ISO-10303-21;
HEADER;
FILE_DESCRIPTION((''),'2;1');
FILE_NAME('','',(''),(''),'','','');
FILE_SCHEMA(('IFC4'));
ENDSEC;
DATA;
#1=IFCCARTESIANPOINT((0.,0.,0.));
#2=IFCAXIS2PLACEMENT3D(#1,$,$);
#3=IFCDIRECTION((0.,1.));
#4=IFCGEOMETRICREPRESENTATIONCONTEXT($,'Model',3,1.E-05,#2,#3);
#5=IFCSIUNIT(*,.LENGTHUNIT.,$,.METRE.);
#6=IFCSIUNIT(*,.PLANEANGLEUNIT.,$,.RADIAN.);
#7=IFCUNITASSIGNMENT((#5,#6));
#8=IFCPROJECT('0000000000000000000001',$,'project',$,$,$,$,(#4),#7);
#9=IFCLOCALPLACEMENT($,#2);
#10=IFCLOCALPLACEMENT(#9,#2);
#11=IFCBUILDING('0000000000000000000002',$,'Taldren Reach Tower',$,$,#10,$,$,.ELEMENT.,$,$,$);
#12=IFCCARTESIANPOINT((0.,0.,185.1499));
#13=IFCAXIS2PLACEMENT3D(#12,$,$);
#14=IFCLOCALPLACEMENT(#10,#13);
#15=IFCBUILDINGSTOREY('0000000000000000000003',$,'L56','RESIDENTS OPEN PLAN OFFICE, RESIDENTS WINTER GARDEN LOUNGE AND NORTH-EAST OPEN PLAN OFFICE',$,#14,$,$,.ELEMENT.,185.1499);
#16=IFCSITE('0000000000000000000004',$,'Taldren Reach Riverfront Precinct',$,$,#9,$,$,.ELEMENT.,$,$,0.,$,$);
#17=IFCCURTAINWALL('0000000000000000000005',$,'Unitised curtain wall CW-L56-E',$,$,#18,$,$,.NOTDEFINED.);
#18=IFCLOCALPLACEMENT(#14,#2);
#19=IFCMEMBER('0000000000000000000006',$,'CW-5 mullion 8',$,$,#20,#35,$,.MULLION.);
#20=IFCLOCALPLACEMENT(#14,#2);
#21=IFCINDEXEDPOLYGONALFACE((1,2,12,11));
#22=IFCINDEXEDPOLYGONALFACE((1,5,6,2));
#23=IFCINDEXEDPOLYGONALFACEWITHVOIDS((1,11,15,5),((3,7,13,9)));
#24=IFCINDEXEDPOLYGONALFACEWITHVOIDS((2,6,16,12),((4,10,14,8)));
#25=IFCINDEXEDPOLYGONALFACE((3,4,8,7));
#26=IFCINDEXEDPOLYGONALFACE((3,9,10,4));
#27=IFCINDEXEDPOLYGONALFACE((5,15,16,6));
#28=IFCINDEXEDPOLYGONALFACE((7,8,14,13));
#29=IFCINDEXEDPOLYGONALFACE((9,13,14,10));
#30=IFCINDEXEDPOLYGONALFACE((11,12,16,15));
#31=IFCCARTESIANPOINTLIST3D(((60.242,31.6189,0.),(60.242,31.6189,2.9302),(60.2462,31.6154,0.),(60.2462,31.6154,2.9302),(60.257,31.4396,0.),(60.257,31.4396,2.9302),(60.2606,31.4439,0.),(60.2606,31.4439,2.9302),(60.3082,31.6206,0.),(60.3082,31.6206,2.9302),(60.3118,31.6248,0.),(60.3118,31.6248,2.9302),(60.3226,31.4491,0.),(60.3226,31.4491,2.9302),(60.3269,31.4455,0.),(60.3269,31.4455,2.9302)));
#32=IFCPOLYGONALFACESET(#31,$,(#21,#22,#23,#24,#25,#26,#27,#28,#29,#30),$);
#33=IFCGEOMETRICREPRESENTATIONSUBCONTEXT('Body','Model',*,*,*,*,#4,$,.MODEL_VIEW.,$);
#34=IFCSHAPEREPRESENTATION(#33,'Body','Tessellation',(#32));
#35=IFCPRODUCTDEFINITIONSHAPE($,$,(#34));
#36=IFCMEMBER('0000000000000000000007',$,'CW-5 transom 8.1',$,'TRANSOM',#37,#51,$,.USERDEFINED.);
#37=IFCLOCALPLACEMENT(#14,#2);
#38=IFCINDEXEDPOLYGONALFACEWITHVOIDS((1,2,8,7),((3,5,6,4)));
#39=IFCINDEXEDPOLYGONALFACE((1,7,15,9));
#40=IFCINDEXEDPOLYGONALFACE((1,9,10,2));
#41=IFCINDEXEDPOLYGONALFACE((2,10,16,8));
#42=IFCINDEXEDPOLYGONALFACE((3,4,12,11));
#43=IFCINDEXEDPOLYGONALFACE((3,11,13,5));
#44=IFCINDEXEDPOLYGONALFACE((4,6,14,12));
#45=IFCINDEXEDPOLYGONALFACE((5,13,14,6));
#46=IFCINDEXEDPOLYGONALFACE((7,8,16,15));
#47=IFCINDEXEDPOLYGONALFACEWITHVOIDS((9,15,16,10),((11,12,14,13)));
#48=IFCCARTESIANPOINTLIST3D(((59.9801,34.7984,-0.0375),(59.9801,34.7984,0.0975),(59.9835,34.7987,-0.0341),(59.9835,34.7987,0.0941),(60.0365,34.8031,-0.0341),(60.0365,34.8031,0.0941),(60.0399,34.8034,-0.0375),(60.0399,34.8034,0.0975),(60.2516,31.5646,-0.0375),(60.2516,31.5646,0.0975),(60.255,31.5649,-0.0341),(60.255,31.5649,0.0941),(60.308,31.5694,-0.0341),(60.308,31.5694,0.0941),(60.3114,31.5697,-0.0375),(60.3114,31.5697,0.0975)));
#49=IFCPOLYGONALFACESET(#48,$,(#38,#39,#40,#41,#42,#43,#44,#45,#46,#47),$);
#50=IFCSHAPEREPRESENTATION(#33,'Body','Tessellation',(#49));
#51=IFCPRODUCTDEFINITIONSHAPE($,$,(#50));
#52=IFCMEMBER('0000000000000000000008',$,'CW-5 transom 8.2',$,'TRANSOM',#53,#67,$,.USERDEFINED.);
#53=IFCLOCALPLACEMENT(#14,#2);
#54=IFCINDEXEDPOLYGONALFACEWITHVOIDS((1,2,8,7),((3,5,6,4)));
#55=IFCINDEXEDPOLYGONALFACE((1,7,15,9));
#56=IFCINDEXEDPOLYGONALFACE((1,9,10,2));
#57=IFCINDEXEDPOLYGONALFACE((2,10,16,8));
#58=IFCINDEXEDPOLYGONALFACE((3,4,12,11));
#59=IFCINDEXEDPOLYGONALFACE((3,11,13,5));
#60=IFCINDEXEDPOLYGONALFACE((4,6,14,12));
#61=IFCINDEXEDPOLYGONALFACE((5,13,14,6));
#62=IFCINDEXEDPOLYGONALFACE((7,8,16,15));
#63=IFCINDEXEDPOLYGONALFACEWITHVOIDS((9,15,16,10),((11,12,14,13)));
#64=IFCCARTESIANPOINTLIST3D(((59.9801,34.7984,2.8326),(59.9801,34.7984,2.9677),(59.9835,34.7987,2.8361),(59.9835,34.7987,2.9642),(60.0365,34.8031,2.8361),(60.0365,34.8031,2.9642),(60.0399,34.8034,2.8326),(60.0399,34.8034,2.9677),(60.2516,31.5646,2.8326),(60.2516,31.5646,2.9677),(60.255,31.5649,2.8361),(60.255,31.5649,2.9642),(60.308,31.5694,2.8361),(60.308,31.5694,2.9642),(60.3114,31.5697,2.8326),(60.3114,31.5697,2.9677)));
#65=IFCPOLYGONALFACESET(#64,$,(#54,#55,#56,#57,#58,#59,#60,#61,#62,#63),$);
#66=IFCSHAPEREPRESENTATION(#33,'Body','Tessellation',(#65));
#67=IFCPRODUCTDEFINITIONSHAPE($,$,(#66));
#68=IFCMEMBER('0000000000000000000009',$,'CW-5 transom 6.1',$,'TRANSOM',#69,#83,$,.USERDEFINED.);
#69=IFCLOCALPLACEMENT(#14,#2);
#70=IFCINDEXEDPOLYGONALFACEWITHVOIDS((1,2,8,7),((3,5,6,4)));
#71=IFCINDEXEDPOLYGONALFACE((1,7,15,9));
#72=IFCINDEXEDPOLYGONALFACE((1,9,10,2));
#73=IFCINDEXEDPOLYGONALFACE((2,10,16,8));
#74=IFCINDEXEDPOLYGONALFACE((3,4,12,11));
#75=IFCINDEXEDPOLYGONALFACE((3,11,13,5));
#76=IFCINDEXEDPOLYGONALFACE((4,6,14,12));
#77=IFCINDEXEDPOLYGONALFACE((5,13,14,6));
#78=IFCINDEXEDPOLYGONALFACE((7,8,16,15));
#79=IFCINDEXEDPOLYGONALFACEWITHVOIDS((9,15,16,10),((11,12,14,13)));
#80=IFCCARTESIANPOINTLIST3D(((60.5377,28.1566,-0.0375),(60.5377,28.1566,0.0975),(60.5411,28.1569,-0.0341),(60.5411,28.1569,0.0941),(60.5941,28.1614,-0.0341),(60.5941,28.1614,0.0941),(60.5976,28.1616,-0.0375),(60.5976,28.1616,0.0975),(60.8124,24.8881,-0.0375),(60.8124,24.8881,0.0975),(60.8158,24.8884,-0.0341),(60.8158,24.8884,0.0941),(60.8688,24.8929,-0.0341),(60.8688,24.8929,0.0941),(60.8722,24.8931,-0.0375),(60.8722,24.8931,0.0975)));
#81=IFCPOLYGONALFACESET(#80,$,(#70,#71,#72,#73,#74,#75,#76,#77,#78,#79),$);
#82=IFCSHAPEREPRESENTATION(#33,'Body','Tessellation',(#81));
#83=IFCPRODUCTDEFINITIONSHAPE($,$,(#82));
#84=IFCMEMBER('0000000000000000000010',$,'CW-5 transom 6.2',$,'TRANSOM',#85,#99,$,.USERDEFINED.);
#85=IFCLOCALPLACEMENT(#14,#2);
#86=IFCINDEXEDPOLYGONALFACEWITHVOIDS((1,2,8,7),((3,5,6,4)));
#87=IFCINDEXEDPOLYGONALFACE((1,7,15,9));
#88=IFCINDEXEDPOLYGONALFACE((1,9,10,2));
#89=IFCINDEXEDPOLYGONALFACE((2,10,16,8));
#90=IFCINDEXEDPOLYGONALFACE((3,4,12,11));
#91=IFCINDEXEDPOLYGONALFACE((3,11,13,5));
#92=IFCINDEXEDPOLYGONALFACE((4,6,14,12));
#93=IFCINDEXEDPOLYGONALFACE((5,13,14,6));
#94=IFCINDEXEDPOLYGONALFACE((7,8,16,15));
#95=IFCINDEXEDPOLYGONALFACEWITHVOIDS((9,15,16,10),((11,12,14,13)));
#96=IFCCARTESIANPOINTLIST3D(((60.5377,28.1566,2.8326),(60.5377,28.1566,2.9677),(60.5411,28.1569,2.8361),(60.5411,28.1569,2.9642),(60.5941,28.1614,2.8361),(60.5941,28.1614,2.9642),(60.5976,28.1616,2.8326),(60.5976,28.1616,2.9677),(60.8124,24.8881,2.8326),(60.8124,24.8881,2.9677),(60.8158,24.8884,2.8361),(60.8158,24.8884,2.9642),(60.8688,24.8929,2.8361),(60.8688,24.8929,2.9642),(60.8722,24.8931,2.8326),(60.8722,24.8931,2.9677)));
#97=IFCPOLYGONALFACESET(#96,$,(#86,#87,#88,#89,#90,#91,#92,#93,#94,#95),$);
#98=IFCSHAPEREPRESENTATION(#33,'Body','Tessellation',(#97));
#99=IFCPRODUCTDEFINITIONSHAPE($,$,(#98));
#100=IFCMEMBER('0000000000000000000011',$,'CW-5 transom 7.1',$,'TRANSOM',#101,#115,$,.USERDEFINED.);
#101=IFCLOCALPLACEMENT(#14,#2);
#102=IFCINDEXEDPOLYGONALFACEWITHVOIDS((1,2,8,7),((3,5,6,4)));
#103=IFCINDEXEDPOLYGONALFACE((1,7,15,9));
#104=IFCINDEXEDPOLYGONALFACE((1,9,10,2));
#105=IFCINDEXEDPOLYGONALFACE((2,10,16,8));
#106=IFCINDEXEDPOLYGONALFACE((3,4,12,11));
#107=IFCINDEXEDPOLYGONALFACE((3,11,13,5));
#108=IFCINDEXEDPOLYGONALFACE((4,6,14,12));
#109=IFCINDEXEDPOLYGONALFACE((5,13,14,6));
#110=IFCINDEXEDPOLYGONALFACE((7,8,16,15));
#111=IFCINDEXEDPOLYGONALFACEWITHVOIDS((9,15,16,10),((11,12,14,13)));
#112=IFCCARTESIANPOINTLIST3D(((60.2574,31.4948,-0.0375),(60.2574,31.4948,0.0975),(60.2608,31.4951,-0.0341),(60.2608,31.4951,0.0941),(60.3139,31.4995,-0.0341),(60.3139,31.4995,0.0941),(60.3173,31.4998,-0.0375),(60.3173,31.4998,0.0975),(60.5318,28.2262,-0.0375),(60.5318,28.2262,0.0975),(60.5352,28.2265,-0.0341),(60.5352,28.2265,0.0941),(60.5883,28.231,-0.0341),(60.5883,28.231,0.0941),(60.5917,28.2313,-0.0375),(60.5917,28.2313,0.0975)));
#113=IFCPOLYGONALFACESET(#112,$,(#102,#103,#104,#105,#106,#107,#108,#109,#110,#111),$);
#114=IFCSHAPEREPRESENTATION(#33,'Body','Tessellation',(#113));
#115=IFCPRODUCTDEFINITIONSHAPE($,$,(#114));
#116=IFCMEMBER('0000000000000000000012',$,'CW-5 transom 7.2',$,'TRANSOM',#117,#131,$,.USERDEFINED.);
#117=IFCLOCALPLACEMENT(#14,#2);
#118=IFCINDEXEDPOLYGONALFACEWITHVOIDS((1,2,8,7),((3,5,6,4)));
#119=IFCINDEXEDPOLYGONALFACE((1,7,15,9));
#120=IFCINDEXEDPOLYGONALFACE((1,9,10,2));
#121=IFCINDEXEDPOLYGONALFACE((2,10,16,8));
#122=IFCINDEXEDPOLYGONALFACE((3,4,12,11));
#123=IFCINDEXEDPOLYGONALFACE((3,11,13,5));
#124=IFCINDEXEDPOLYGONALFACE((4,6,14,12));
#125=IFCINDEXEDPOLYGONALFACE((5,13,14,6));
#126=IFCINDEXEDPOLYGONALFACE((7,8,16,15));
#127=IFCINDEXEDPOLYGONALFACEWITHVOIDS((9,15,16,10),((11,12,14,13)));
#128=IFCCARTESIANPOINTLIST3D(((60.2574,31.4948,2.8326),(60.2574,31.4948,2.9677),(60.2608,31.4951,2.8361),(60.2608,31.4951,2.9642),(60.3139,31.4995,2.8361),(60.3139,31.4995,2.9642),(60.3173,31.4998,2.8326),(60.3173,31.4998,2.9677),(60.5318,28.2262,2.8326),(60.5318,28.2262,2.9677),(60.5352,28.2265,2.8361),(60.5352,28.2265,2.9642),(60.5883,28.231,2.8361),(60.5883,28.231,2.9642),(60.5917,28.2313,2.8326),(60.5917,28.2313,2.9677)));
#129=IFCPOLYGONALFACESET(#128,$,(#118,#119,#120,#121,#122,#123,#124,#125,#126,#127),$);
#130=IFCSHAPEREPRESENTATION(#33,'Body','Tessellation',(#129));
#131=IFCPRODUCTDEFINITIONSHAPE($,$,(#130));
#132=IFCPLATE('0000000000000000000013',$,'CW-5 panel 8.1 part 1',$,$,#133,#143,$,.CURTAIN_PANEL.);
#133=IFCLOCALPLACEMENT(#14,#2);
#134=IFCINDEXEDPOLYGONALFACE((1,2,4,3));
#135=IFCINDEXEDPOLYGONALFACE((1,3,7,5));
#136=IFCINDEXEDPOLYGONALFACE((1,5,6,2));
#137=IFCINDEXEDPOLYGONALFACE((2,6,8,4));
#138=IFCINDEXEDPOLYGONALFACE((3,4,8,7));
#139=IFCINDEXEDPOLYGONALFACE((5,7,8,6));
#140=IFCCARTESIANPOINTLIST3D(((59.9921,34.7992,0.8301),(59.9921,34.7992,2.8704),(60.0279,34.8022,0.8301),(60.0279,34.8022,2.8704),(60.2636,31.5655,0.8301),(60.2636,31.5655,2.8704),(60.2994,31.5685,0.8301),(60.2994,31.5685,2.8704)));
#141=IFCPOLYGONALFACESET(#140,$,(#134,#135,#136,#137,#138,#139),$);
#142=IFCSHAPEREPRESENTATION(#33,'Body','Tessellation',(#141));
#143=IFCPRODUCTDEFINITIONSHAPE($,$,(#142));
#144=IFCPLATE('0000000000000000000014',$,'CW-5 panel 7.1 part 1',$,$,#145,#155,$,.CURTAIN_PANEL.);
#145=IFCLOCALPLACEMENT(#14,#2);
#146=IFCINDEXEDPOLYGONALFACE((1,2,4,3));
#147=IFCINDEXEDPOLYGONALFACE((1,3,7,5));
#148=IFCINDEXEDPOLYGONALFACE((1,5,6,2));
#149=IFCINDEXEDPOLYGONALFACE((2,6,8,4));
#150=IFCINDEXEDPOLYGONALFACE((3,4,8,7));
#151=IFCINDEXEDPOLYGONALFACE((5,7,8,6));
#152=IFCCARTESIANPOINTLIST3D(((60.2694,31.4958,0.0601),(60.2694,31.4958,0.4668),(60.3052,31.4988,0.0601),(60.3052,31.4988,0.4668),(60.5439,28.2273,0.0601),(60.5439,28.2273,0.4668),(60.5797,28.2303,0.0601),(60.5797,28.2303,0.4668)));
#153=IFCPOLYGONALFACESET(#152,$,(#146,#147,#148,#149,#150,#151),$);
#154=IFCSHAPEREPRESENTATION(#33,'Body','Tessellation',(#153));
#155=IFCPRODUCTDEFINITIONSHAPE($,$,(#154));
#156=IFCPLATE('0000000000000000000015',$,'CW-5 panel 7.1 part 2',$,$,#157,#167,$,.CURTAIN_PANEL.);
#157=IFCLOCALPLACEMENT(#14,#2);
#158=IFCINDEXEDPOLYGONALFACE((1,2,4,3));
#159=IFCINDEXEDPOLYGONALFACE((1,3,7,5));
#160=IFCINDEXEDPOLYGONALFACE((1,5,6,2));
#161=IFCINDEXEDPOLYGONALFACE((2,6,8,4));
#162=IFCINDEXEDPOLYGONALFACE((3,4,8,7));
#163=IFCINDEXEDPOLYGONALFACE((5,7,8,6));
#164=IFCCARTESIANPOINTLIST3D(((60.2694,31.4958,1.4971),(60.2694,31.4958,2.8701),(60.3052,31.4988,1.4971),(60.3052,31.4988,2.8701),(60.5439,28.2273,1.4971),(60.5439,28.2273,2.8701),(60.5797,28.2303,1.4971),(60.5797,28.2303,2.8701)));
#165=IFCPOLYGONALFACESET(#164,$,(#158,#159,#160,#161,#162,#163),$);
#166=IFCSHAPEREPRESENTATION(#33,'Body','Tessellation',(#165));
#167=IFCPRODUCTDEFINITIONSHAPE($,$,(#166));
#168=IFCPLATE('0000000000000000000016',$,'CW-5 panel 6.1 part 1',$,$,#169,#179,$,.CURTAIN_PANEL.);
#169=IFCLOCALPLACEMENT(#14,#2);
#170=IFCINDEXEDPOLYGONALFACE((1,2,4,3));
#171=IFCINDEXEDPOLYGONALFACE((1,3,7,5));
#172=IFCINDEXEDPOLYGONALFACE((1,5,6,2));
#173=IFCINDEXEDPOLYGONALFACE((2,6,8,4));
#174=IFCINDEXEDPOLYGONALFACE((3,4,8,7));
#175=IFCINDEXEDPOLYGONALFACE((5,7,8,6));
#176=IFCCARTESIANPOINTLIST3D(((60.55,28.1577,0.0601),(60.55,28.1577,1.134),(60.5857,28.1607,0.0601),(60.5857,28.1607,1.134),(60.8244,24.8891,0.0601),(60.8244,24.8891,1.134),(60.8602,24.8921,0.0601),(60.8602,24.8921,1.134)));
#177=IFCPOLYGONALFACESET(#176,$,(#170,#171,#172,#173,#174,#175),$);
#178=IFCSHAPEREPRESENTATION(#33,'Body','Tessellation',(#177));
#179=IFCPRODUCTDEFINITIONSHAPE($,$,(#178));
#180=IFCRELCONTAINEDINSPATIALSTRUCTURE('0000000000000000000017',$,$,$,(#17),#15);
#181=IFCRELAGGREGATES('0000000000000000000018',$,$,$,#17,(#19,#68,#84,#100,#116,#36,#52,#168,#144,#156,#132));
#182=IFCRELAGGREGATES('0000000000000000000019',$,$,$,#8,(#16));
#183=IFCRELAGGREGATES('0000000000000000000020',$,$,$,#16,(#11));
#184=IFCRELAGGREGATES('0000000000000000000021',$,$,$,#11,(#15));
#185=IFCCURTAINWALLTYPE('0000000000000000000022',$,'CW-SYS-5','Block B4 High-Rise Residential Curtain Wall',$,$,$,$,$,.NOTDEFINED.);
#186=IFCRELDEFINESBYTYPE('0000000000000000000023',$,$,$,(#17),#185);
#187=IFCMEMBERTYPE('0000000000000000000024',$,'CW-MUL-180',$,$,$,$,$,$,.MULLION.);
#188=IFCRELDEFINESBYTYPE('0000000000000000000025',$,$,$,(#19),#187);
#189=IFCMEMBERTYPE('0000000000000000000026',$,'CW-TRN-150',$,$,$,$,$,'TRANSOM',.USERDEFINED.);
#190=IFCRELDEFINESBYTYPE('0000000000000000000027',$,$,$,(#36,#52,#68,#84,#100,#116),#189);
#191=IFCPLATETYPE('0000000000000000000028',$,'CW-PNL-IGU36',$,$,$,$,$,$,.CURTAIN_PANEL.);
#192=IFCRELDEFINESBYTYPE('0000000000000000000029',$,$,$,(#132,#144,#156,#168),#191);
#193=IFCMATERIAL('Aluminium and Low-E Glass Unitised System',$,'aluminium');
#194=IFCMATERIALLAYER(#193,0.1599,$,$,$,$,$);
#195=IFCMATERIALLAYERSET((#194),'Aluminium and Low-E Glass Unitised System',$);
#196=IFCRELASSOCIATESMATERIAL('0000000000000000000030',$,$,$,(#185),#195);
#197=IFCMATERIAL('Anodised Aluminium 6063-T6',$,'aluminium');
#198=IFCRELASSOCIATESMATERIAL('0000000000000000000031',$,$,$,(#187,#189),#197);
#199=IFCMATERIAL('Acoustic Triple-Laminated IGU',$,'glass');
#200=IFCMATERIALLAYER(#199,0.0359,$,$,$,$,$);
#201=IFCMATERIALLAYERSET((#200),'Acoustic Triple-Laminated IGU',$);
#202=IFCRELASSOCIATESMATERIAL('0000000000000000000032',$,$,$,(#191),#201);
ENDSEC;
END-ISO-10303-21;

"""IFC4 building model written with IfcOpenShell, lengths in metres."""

from ifc_helpers import new_model, si_unit, direction, frame, origin, origin_2d, place, context, subcontext, project, spatial, rectangle, hollow_rectangle, extrude, source, transform, mapped, material, layer, layer_set, material_profile, profile_set, type_object, element, aggregate, save


model = new_model("IFC4")

# Units and contexts
model_context = context("Model", 3, precision=1e-05, world=origin(), true_north=direction((0.0, 1.0)))
body_context = subcontext(model_context, "Body", "Model", "MODEL_VIEW")
ifc_project = project(units=[si_unit("LENGTHUNIT", "METRE"), si_unit("PLANEANGLEUNIT", "RADIAN")], contexts=[model_context])

# Site, building, storey
site_placement = place(None, origin())
site = spatial("IfcSite", under=ifc_project, at=site_placement, Name="Taldren Reach Riverfront Precinct", CompositionType="ELEMENT", RefElevation=0.0)
building_placement = place(site_placement, origin())
building = spatial("IfcBuilding", under=site, at=building_placement, Name="Taldren Reach Tower", CompositionType="ELEMENT")
storey_placement = place(building_placement, frame((0.0, 0.0, 185.1499)))
storey = spatial("IfcBuildingStorey", under=building, at=storey_placement, Name="L56", Description="RESIDENTS OPEN PLAN OFFICE, RESIDENTS WINTER GARDEN LOUNGE AND NORTH-EAST OPEN PLAN OFFICE", CompositionType="ELEMENT", Elevation=185.1499)

# Curtain wall, members, plates
ifc_material_1 = material(Name="Aluminium and Low-E Glass Unitised System", Category="aluminium")
ifc_layer_1 = layer(ifc_material_1, 0.1599)
ifc_layer_set_1 = layer_set([ifc_layer_1], Name="Aluminium and Low-E Glass Unitised System")
curtain_wall_type = type_object("IfcCurtainWallType", Name="CW-SYS-5", Description="Block B4 High-Rise Residential Curtain Wall", PredefinedType="NOTDEFINED", material=ifc_layer_set_1)
curtain_wall_placement = place(storey_placement, origin())
curtain_wall = element("IfcCurtainWall", 1, at=curtain_wall_placement, inside=storey, type_object=curtain_wall_type, Name="Unitised curtain wall CW-L56-E", PredefinedType="NOTDEFINED")
ifc_material_2 = material(Name="Anodised Aluminium 6063-T6", Category="aluminium")
ifc_material_profile_1 = material_profile(ifc_material_2, hollow_rectangle(XDim=0.0701, YDim=0.1799, WallThickness=0.0039, at=origin_2d()), Name="ALU-180x70x4RHS")
ifc_profile_set_1 = profile_set([ifc_material_profile_1], Name="Anodised Aluminium 6063-T6")
member_type_1 = type_object("IfcMemberType", Name="CW-MUL-180", PredefinedType="MULLION", material=ifc_profile_set_1)
shared_shape_1 = source(origin(), body_context, "Body", "SweptSolid", [
    extrude(hollow_rectangle(XDim=0.0701, YDim=0.1799, WallThickness=0.0039, at=origin_2d()), origin(), (0.0, 0.0, 1.0), 2.9302),
])
member_1_placement = place(storey_placement, frame((60.2844, 31.5322, 0.0), z_axis=(0.0, 0.0, 1.0), x_axis=(-0.996493, -0.083678, 0.0)))
member_1 = element("IfcMember", 2, at=member_1_placement, type_object=member_type_1, Name="CW-5 mullion 8", PredefinedType="MULLION", context=body_context, shape_type="MappedRepresentation", body=[
    mapped(shared_shape_1, transform((0.0, 0.0, 0.0), scale=1.0)),
])
ifc_material_profile_2 = material_profile(ifc_material_2, hollow_rectangle(XDim=0.0601, YDim=0.135, WallThickness=0.0034, at=origin_2d()), Name="ALU-135x60x3.5RHS")
ifc_profile_set_2 = profile_set([ifc_material_profile_2], Name="Anodised Aluminium 6063-T6")
member_type_2 = type_object("IfcMemberType", Name="CW-TRN-150", ElementType="TRANSOM", PredefinedType="USERDEFINED", material=ifc_profile_set_2)
shared_shape_2 = source(origin(), body_context, "Body", "SweptSolid", [
    extrude(hollow_rectangle(XDim=0.0601, YDim=0.135, WallThickness=0.0034, at=origin_2d()), origin(), (0.0, 0.0, 1.0), 3.2451),
])
member_2_placement = place(storey_placement, frame((60.2815, 31.5671, 0.03), z_axis=(-0.083662, 0.996494, 0.0), x_axis=(-0.996494, -0.083662, 0.0)))
member_2 = element("IfcMember", 3, at=member_2_placement, type_object=member_type_2, Name="CW-5 transom 8.1", ObjectType="TRANSOM", PredefinedType="USERDEFINED", context=body_context, shape_type="MappedRepresentation", body=[
    mapped(shared_shape_2, transform((0.0, 0.0, 0.0), scale=1.0)),
])
member_3_placement = place(storey_placement, frame((60.2815, 31.5671, 2.9001), z_axis=(-0.083662, 0.996494, 0.0), x_axis=(-0.996494, -0.083662, 0.0)))
member_3 = element("IfcMember", 4, at=member_3_placement, type_object=member_type_2, Name="CW-5 transom 8.2", ObjectType="TRANSOM", PredefinedType="USERDEFINED", context=body_context, shape_type="MappedRepresentation", body=[
    mapped(shared_shape_2, transform((0.0, 0.0, 0.0), scale=1.0)),
])
shared_shape_3 = source(origin(), body_context, "Body", "SweptSolid", [
    extrude(hollow_rectangle(XDim=0.0601, YDim=0.135, WallThickness=0.0034, at=origin_2d()), origin(), (0.0, 0.0, 1.0), 3.28),
])
member_4_placement = place(storey_placement, frame((60.8423, 24.8906, 0.03), z_axis=(-0.083735, 0.996488, 0.0), x_axis=(-0.996488, -0.083735, 0.0)))
member_4 = element("IfcMember", 5, at=member_4_placement, type_object=member_type_2, Name="CW-5 transom 6.1", ObjectType="TRANSOM", PredefinedType="USERDEFINED", context=body_context, shape_type="MappedRepresentation", body=[
    mapped(shared_shape_3, transform((0.0, 0.0, 0.0), scale=1.0)),
])
member_5_placement = place(storey_placement, frame((60.8423, 24.8906, 2.9001), z_axis=(-0.083735, 0.996488, 0.0), x_axis=(-0.996488, -0.083735, 0.0)))
member_5 = element("IfcMember", 6, at=member_5_placement, type_object=member_type_2, Name="CW-5 transom 6.2", ObjectType="TRANSOM", PredefinedType="USERDEFINED", context=body_context, shape_type="MappedRepresentation", body=[
    mapped(shared_shape_3, transform((0.0, 0.0, 0.0), scale=1.0)),
])
member_6_placement = place(storey_placement, frame((60.5618, 28.2288, 0.03), z_axis=(-0.083661, 0.996494, 0.0), x_axis=(-0.996494, -0.083661, 0.0)))
member_6 = element("IfcMember", 7, at=member_6_placement, type_object=member_type_2, Name="CW-5 transom 7.1", ObjectType="TRANSOM", PredefinedType="USERDEFINED", context=body_context, shape_type="MappedRepresentation", body=[
    mapped(shared_shape_3, transform((0.0, 0.0, 0.0), scale=1.0)),
])
member_7_placement = place(storey_placement, frame((60.5618, 28.2288, 2.9001), z_axis=(-0.083661, 0.996494, 0.0), x_axis=(-0.996494, -0.083661, 0.0)))
member_7 = element("IfcMember", 8, at=member_7_placement, type_object=member_type_2, Name="CW-5 transom 7.2", ObjectType="TRANSOM", PredefinedType="USERDEFINED", context=body_context, shape_type="MappedRepresentation", body=[
    mapped(shared_shape_3, transform((0.0, 0.0, 0.0), scale=1.0)),
])
ifc_material_3 = material(Name="Acoustic Triple-Laminated IGU", Category="glass")
ifc_layer_2 = layer(ifc_material_3, 0.0359)
ifc_layer_set_2 = layer_set([ifc_layer_2], Name="Acoustic Triple-Laminated IGU")
plate_type = type_object("IfcPlateType", Name="CW-PNL-IGU36", PredefinedType="CURTAIN_PANEL", material=ifc_layer_set_2)
shared_shape_4 = source(origin(), body_context, "Body", "SweptSolid", [
    extrude(rectangle(XDim=3.2451, YDim=0.0359, at=origin_2d()), origin(), (0.0, 0.0, 1.0), 2.0403),
])
plate_1_placement = place(storey_placement, frame((60.1458, 33.1838, 0.8301), z_axis=(0.0, 0.0, 1.0), x_axis=(-0.083678, 0.996493, 0.0)))
plate_1 = element("IfcPlate", 9, at=plate_1_placement, type_object=plate_type, Name="CW-5 panel 8.1 part 1", PredefinedType="CURTAIN_PANEL", context=body_context, shape_type="MappedRepresentation", body=[
    mapped(shared_shape_4, transform((0.0, 0.0, 0.0), scale=1.0)),
])
shared_shape_5 = source(origin(), body_context, "Body", "SweptSolid", [
    extrude(rectangle(XDim=3.28, YDim=0.0359, at=origin_2d()), origin(), (0.0, 0.0, 1.0), 0.4067),
])
plate_2_placement = place(storey_placement, frame((60.4246, 29.863, 0.0601), z_axis=(0.0, 0.0, 1.0), x_axis=(-0.083678, 0.996493, 0.0)))
plate_2 = element("IfcPlate", 10, at=plate_2_placement, type_object=plate_type, Name="CW-5 panel 7.1 part 1", PredefinedType="CURTAIN_PANEL", context=body_context, shape_type="MappedRepresentation", body=[
    mapped(shared_shape_5, transform((0.0, 0.0, 0.0), scale=1.0)),
])
shared_shape_6 = source(origin(), body_context, "Body", "SweptSolid", [
    extrude(rectangle(XDim=3.28, YDim=0.0359, at=origin_2d()), origin(), (0.0, 0.0, 1.0), 1.373),
])
plate_3_placement = place(storey_placement, frame((60.4246, 29.863, 1.4971), z_axis=(0.0, 0.0, 1.0), x_axis=(-0.083678, 0.996493, 0.0)))
plate_3 = element("IfcPlate", 11, at=plate_3_placement, type_object=plate_type, Name="CW-5 panel 7.1 part 2", PredefinedType="CURTAIN_PANEL", context=body_context, shape_type="MappedRepresentation", body=[
    mapped(shared_shape_6, transform((0.0, 0.0, 0.0), scale=1.0)),
])
shared_shape_7 = source(origin(), body_context, "Body", "SweptSolid", [
    extrude(rectangle(XDim=3.28, YDim=0.0359, at=origin_2d()), origin(), (0.0, 0.0, 1.0), 1.074),
])
plate_4_placement = place(storey_placement, frame((60.7051, 26.5249, 0.0601), z_axis=(0.0, 0.0, 1.0), x_axis=(-0.083678, 0.996493, 0.0)))
plate_4 = element("IfcPlate", 12, at=plate_4_placement, type_object=plate_type, Name="CW-5 panel 6.1 part 1", PredefinedType="CURTAIN_PANEL", context=body_context, shape_type="MappedRepresentation", body=[
    mapped(shared_shape_7, transform((0.0, 0.0, 0.0), scale=1.0)),
])
aggregate(curtain_wall, [member_1, member_4, member_5, member_6, member_7, member_2, member_3, plate_4, plate_2, plate_3, plate_1])

save(model, "model.ifc")
